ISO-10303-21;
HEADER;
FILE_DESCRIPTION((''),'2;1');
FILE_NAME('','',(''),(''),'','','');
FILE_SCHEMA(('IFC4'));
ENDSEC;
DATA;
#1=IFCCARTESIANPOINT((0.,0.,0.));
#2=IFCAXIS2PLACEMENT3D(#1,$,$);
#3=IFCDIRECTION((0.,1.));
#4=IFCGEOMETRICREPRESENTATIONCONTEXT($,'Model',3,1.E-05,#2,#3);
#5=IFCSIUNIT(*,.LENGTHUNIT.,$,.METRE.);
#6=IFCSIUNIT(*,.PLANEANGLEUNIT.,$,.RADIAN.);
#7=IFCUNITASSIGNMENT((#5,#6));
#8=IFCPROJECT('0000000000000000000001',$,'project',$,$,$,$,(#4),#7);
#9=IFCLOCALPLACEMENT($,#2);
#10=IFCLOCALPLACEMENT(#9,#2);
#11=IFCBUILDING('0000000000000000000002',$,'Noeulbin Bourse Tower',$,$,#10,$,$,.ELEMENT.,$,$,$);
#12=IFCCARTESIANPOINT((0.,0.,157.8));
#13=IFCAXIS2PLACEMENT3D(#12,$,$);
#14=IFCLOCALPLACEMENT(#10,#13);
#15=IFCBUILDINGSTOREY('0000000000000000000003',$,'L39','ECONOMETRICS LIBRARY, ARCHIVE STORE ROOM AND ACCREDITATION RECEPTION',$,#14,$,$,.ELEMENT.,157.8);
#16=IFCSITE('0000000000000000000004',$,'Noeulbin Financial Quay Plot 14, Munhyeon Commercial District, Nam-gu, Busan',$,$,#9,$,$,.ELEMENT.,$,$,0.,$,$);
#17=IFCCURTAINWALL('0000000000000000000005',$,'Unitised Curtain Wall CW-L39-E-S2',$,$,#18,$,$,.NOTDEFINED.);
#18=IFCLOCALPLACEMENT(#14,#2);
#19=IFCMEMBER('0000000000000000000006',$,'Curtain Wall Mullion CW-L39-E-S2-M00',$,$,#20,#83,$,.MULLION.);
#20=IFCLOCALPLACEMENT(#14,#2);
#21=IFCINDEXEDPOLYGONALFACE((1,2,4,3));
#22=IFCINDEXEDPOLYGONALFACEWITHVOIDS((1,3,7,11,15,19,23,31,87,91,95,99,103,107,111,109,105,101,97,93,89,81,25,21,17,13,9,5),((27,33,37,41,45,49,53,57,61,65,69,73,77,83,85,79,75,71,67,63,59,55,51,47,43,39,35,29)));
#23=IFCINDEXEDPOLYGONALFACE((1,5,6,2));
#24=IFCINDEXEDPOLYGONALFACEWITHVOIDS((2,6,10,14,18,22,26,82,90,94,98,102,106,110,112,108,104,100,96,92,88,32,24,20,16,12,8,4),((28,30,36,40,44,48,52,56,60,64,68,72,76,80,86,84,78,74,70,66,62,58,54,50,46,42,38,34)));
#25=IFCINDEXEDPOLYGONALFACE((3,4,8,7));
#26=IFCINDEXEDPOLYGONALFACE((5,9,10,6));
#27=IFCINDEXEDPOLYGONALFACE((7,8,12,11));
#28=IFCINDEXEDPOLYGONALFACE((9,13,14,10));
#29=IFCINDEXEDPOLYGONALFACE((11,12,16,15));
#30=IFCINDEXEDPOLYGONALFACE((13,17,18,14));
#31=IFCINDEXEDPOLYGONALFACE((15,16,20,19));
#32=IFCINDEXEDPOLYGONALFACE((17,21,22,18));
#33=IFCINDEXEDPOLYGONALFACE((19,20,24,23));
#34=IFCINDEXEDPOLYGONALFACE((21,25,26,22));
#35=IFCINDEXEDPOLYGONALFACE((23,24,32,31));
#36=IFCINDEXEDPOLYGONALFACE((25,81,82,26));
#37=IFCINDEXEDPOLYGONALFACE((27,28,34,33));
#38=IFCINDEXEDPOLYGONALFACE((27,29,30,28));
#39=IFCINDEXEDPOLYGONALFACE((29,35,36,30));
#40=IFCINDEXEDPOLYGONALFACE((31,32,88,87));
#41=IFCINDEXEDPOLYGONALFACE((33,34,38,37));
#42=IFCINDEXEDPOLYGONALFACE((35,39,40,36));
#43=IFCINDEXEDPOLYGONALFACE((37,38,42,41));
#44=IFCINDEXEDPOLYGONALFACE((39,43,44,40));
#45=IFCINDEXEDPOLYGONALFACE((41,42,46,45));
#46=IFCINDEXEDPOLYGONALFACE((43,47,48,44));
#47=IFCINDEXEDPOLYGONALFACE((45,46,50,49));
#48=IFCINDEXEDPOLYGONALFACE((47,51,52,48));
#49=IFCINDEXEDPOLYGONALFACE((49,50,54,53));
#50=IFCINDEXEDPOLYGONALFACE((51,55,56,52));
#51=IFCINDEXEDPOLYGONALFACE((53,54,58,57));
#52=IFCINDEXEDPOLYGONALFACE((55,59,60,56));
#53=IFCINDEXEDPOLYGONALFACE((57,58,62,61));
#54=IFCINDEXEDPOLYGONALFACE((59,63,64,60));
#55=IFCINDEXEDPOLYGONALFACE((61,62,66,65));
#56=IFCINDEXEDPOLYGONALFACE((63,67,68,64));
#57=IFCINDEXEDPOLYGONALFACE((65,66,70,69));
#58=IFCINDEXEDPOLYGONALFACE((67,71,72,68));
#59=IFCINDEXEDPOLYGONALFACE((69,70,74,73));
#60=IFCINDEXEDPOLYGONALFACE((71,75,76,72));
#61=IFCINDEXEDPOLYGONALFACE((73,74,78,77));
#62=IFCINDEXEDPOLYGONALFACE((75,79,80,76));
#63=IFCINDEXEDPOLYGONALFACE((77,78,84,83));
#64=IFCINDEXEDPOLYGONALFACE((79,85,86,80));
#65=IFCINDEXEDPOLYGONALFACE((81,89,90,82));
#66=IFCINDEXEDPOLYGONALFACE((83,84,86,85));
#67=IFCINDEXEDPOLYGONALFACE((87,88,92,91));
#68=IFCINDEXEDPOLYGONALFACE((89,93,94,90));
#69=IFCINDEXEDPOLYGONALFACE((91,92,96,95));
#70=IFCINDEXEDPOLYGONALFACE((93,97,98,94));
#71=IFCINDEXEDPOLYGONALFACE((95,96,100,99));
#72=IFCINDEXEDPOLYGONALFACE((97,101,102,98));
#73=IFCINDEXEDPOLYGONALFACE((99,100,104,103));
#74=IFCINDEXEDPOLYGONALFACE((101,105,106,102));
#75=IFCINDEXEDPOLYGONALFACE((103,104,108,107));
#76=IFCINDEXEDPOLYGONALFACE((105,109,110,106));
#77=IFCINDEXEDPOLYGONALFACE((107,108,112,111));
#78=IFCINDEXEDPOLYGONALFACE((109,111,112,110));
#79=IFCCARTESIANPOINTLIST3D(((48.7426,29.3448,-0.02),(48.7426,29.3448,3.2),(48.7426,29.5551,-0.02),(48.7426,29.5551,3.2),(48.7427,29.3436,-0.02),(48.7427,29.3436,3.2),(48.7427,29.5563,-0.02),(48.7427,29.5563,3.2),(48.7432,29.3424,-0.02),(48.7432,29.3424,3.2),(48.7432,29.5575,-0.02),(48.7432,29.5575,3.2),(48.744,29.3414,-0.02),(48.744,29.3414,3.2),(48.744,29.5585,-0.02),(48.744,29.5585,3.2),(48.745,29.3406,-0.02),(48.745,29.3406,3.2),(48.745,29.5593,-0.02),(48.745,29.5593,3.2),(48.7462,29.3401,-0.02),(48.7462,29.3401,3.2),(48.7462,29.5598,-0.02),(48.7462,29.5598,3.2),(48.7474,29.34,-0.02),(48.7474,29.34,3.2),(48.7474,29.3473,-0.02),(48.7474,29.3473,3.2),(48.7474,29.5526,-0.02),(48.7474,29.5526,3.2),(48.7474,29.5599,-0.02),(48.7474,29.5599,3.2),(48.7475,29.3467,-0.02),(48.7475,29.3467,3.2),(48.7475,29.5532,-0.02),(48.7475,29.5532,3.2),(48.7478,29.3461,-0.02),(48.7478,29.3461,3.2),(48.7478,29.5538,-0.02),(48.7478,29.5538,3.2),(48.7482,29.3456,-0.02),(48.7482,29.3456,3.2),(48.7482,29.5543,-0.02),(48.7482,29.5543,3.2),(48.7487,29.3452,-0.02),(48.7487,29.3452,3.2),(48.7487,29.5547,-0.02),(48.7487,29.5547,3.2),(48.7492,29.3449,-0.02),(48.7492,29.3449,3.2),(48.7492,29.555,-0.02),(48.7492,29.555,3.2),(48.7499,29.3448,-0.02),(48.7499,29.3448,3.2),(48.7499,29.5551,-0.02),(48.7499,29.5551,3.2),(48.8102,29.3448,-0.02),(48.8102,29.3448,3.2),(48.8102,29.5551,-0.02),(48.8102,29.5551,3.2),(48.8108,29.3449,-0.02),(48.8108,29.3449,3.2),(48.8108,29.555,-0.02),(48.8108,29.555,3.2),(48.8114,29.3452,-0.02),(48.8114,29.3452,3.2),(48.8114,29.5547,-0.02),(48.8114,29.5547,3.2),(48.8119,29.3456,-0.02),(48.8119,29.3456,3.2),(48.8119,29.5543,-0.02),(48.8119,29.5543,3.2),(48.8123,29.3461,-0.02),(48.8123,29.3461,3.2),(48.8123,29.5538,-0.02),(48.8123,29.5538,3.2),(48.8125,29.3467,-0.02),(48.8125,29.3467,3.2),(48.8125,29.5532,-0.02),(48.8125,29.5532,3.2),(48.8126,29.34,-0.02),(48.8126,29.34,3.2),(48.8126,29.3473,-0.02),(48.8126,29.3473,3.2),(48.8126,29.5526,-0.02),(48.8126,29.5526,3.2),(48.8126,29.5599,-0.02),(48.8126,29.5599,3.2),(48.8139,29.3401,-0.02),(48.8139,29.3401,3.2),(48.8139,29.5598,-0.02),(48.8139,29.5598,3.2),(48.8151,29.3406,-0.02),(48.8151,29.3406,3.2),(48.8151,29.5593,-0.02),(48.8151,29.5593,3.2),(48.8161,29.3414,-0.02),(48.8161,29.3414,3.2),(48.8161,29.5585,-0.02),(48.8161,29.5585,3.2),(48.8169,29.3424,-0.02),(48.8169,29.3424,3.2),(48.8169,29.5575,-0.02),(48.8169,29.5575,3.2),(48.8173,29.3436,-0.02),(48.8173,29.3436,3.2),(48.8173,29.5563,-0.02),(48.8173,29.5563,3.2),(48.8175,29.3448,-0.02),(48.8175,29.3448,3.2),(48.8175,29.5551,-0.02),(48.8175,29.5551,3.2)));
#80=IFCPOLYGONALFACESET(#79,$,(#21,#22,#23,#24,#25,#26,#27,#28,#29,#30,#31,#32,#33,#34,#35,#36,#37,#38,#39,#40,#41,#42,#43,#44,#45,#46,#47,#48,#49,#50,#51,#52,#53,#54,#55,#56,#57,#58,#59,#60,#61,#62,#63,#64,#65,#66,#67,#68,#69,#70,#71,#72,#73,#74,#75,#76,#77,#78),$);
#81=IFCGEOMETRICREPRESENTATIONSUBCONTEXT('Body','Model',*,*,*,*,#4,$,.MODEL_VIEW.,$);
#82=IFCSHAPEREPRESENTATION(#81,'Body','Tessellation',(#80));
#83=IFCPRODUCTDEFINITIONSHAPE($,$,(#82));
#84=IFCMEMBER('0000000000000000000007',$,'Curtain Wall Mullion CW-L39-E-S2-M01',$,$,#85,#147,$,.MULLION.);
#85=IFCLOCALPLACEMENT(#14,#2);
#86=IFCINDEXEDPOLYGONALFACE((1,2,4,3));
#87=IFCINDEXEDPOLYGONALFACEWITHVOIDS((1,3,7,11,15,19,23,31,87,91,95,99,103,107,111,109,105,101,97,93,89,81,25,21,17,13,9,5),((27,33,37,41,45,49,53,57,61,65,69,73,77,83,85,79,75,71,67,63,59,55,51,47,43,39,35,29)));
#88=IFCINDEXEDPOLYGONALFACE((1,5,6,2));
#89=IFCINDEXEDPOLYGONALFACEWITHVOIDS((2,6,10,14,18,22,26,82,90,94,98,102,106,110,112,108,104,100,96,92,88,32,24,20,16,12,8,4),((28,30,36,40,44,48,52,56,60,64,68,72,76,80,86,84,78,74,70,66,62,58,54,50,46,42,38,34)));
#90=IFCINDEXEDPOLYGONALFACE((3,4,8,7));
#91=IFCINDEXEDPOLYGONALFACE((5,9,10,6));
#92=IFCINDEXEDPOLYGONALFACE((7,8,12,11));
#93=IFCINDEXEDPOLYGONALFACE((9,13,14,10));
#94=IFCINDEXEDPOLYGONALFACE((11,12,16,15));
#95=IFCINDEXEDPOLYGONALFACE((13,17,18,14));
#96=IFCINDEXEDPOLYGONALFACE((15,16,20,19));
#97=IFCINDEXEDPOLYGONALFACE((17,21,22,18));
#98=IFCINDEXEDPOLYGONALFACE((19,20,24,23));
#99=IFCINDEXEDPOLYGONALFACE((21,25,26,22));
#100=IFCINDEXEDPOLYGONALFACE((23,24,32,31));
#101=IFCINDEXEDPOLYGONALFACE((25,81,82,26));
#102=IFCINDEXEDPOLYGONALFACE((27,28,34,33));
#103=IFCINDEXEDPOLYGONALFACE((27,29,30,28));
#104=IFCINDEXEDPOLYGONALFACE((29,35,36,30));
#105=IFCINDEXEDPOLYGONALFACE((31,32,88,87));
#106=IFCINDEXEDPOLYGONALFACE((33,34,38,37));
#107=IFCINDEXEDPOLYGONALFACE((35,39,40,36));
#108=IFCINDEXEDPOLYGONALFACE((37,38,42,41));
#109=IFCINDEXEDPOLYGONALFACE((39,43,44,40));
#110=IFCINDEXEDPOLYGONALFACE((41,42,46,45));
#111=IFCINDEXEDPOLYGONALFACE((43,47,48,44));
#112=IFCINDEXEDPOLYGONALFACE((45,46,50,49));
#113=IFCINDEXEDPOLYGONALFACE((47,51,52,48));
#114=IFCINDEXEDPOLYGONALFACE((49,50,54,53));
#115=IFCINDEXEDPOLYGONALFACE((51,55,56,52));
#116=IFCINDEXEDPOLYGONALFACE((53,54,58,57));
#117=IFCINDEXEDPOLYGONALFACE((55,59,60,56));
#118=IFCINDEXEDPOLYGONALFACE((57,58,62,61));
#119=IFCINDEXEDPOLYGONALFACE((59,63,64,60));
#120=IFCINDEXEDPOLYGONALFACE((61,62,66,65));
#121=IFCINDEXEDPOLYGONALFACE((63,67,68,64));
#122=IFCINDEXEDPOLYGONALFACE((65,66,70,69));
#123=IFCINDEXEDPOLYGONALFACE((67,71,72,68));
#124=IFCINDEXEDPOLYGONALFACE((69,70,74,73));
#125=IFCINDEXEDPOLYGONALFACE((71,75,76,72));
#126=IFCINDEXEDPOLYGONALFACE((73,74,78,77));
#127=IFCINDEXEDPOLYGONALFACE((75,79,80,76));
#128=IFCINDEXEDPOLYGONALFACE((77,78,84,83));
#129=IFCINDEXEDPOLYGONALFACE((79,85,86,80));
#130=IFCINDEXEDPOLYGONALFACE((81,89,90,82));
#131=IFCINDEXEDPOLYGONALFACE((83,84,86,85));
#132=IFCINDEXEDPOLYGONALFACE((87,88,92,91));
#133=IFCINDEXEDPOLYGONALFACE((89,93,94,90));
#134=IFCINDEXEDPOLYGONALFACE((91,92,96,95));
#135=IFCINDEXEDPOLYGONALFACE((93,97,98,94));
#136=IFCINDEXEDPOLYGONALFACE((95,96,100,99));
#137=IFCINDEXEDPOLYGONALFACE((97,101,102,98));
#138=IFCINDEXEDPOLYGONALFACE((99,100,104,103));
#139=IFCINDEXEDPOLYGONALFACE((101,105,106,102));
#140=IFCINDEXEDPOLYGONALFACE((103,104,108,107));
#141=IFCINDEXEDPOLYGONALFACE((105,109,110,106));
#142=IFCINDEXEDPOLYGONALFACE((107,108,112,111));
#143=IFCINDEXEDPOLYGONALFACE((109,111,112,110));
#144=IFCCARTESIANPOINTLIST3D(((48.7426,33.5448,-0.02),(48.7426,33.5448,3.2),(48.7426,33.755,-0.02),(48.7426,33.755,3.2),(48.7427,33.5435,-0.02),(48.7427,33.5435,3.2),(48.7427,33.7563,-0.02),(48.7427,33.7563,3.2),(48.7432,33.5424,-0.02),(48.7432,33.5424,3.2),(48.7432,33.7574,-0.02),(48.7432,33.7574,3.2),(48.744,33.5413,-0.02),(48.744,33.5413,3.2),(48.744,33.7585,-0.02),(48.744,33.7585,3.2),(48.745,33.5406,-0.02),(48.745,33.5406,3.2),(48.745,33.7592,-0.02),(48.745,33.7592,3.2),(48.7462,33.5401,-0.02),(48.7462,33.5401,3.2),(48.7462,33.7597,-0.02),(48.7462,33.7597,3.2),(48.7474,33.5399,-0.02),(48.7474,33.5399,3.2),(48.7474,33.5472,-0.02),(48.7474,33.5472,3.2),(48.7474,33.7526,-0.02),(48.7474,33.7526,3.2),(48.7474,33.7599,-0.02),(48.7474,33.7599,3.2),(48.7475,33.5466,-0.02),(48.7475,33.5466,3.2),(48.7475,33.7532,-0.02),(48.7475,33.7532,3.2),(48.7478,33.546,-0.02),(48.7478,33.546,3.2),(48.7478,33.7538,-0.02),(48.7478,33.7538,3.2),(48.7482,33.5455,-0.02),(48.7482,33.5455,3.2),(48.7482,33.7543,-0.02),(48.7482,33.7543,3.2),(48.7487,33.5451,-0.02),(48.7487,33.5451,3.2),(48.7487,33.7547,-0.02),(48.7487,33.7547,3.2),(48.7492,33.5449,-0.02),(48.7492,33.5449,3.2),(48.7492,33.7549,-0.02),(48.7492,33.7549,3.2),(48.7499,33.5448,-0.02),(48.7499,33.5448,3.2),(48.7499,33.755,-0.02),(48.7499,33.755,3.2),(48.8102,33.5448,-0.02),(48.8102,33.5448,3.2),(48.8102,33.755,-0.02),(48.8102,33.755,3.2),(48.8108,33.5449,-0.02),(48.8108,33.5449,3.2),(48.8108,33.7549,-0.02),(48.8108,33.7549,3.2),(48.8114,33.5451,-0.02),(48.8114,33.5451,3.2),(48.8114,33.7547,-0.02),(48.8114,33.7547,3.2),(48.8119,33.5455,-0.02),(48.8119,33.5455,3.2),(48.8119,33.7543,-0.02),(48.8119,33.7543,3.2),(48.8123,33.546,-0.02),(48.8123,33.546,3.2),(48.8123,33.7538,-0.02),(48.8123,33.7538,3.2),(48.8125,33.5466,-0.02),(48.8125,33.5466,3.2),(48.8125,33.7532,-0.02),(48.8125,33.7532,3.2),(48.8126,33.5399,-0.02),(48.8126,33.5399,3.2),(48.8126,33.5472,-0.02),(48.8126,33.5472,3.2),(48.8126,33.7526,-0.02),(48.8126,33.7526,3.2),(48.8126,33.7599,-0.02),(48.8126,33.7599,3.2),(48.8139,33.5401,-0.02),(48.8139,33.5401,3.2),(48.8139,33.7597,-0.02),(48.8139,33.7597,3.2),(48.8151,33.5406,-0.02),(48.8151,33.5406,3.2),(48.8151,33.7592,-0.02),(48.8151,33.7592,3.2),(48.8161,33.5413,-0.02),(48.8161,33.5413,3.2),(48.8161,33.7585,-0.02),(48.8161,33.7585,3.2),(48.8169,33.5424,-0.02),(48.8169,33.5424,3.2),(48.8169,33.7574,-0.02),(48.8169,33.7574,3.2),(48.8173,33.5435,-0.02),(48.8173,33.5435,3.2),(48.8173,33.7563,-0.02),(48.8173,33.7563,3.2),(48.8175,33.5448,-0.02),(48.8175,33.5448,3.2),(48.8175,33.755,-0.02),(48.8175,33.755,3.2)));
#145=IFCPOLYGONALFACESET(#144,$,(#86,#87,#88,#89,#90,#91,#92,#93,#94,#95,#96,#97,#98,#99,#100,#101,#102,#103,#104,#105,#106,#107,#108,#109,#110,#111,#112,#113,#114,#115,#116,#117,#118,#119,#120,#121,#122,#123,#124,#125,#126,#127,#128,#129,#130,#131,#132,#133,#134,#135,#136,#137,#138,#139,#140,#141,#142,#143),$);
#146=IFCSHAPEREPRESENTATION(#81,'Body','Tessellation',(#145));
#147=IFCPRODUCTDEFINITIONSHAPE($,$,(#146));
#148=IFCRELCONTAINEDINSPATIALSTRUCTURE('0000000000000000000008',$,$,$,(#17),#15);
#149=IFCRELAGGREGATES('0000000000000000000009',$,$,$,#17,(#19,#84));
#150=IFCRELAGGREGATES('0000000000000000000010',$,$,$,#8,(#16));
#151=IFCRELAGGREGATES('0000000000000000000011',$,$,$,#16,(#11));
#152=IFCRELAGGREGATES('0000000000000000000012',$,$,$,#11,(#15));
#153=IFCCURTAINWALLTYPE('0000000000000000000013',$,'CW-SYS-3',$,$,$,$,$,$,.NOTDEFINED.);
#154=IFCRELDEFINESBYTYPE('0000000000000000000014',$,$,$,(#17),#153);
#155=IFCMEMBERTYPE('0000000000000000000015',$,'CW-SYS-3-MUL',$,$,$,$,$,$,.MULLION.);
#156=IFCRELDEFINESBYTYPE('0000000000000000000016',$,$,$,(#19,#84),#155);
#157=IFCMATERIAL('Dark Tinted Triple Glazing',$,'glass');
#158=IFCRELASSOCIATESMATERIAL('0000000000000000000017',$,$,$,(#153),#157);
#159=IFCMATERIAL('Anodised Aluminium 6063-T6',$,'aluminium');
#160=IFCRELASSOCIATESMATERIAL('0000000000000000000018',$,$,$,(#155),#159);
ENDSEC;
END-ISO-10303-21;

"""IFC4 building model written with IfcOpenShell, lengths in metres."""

from ifc_helpers import new_model, si_unit, direction, frame, origin, origin_2d, place, context, subcontext, project, spatial, hollow_rectangle, extrude, material, material_profile, profile_set, type_object, element, aggregate, save


model = new_model("IFC4")

# Units and contexts
model_context = context("Model", 3, precision=1e-05, world=origin(), true_north=direction((0.0, 1.0)))
body_context = subcontext(model_context, "Body", "Model", "MODEL_VIEW")
ifc_project = project(units=[si_unit("LENGTHUNIT", "METRE"), si_unit("PLANEANGLEUNIT", "RADIAN")], contexts=[model_context])

# Site, building, storey
site_placement = place(None, origin())
site = spatial("IfcSite", under=ifc_project, at=site_placement, Name="Noeulbin Financial Quay Plot 14, Munhyeon Commercial District, Nam-gu, Busan", CompositionType="ELEMENT", RefElevation=0.0)
building_placement = place(site_placement, origin())
building = spatial("IfcBuilding", under=site, at=building_placement, Name="Noeulbin Bourse Tower", CompositionType="ELEMENT")
storey_placement = place(building_placement, frame((0.0, 0.0, 157.8)))
storey = spatial("IfcBuildingStorey", under=building, at=storey_placement, Name="L39", Description="ECONOMETRICS LIBRARY, ARCHIVE STORE ROOM AND ACCREDITATION RECEPTION", CompositionType="ELEMENT", Elevation=157.8)

# Curtain wall, members
ifc_material_1 = material(Name="Dark Tinted Triple Glazing", Category="glass")
curtain_wall_type = type_object("IfcCurtainWallType", Name="CW-SYS-3", PredefinedType="NOTDEFINED", material=ifc_material_1)
curtain_wall_placement = place(storey_placement, origin())
curtain_wall = element("IfcCurtainWall", 1, at=curtain_wall_placement, inside=storey, type_object=curtain_wall_type, Name="Unitised Curtain Wall CW-L39-E-S2", PredefinedType="NOTDEFINED")
ifc_material_2 = material(Name="Anodised Aluminium 6063-T6", Category="aluminium")
ifc_material_profile_1 = material_profile(ifc_material_2, hollow_rectangle(XDim=0.075, YDim=0.22, WallThickness=0.0049, InnerFilletRadius=0.0024, OuterFilletRadius=0.0049, at=origin_2d()), Name="ALU-MULL-75x220x5", Category="LoadBearing")
ifc_profile_set_1 = profile_set([ifc_material_profile_1], Name="Anodised Aluminium 6063-T6")
member_type_1 = type_object("IfcMemberType", Name="CW-SYS-3-MUL", PredefinedType="MULLION", material=ifc_profile_set_1)
member_1_placement = place(storey_placement, frame((48.78, 29.45, -0.02), z_axis=(0.0, 0.0, 1.0), x_axis=(1.0, 0.0, 0.0)))
member_1 = element("IfcMember", 2, at=member_1_placement, type_object=member_type_1, Name="Curtain Wall Mullion CW-L39-E-S2-M00", PredefinedType="MULLION", context=body_context, shape_type="SweptSolid", body=[
    extrude(hollow_rectangle(XDim=0.075, YDim=0.22, WallThickness=0.0049, InnerFilletRadius=0.0024, OuterFilletRadius=0.0049, at=origin_2d()), origin(), (0.0, 0.0, 1.0), 3.22),
])
member_2_placement = place(storey_placement, frame((48.78, 33.6499, -0.02), z_axis=(0.0, 0.0, 1.0), x_axis=(1.0, 0.0, 0.0)))
member_2 = element("IfcMember", 3, at=member_2_placement, type_object=member_type_1, Name="Curtain Wall Mullion CW-L39-E-S2-M01", PredefinedType="MULLION", context=body_context, shape_type="SweptSolid", body=[
    extrude(hollow_rectangle(XDim=0.075, YDim=0.22, WallThickness=0.0049, InnerFilletRadius=0.0024, OuterFilletRadius=0.0049, at=origin_2d()), origin(), (0.0, 0.0, 1.0), 3.22),
])
aggregate(curtain_wall, [member_1, member_2])

save(model, "model.ifc")
